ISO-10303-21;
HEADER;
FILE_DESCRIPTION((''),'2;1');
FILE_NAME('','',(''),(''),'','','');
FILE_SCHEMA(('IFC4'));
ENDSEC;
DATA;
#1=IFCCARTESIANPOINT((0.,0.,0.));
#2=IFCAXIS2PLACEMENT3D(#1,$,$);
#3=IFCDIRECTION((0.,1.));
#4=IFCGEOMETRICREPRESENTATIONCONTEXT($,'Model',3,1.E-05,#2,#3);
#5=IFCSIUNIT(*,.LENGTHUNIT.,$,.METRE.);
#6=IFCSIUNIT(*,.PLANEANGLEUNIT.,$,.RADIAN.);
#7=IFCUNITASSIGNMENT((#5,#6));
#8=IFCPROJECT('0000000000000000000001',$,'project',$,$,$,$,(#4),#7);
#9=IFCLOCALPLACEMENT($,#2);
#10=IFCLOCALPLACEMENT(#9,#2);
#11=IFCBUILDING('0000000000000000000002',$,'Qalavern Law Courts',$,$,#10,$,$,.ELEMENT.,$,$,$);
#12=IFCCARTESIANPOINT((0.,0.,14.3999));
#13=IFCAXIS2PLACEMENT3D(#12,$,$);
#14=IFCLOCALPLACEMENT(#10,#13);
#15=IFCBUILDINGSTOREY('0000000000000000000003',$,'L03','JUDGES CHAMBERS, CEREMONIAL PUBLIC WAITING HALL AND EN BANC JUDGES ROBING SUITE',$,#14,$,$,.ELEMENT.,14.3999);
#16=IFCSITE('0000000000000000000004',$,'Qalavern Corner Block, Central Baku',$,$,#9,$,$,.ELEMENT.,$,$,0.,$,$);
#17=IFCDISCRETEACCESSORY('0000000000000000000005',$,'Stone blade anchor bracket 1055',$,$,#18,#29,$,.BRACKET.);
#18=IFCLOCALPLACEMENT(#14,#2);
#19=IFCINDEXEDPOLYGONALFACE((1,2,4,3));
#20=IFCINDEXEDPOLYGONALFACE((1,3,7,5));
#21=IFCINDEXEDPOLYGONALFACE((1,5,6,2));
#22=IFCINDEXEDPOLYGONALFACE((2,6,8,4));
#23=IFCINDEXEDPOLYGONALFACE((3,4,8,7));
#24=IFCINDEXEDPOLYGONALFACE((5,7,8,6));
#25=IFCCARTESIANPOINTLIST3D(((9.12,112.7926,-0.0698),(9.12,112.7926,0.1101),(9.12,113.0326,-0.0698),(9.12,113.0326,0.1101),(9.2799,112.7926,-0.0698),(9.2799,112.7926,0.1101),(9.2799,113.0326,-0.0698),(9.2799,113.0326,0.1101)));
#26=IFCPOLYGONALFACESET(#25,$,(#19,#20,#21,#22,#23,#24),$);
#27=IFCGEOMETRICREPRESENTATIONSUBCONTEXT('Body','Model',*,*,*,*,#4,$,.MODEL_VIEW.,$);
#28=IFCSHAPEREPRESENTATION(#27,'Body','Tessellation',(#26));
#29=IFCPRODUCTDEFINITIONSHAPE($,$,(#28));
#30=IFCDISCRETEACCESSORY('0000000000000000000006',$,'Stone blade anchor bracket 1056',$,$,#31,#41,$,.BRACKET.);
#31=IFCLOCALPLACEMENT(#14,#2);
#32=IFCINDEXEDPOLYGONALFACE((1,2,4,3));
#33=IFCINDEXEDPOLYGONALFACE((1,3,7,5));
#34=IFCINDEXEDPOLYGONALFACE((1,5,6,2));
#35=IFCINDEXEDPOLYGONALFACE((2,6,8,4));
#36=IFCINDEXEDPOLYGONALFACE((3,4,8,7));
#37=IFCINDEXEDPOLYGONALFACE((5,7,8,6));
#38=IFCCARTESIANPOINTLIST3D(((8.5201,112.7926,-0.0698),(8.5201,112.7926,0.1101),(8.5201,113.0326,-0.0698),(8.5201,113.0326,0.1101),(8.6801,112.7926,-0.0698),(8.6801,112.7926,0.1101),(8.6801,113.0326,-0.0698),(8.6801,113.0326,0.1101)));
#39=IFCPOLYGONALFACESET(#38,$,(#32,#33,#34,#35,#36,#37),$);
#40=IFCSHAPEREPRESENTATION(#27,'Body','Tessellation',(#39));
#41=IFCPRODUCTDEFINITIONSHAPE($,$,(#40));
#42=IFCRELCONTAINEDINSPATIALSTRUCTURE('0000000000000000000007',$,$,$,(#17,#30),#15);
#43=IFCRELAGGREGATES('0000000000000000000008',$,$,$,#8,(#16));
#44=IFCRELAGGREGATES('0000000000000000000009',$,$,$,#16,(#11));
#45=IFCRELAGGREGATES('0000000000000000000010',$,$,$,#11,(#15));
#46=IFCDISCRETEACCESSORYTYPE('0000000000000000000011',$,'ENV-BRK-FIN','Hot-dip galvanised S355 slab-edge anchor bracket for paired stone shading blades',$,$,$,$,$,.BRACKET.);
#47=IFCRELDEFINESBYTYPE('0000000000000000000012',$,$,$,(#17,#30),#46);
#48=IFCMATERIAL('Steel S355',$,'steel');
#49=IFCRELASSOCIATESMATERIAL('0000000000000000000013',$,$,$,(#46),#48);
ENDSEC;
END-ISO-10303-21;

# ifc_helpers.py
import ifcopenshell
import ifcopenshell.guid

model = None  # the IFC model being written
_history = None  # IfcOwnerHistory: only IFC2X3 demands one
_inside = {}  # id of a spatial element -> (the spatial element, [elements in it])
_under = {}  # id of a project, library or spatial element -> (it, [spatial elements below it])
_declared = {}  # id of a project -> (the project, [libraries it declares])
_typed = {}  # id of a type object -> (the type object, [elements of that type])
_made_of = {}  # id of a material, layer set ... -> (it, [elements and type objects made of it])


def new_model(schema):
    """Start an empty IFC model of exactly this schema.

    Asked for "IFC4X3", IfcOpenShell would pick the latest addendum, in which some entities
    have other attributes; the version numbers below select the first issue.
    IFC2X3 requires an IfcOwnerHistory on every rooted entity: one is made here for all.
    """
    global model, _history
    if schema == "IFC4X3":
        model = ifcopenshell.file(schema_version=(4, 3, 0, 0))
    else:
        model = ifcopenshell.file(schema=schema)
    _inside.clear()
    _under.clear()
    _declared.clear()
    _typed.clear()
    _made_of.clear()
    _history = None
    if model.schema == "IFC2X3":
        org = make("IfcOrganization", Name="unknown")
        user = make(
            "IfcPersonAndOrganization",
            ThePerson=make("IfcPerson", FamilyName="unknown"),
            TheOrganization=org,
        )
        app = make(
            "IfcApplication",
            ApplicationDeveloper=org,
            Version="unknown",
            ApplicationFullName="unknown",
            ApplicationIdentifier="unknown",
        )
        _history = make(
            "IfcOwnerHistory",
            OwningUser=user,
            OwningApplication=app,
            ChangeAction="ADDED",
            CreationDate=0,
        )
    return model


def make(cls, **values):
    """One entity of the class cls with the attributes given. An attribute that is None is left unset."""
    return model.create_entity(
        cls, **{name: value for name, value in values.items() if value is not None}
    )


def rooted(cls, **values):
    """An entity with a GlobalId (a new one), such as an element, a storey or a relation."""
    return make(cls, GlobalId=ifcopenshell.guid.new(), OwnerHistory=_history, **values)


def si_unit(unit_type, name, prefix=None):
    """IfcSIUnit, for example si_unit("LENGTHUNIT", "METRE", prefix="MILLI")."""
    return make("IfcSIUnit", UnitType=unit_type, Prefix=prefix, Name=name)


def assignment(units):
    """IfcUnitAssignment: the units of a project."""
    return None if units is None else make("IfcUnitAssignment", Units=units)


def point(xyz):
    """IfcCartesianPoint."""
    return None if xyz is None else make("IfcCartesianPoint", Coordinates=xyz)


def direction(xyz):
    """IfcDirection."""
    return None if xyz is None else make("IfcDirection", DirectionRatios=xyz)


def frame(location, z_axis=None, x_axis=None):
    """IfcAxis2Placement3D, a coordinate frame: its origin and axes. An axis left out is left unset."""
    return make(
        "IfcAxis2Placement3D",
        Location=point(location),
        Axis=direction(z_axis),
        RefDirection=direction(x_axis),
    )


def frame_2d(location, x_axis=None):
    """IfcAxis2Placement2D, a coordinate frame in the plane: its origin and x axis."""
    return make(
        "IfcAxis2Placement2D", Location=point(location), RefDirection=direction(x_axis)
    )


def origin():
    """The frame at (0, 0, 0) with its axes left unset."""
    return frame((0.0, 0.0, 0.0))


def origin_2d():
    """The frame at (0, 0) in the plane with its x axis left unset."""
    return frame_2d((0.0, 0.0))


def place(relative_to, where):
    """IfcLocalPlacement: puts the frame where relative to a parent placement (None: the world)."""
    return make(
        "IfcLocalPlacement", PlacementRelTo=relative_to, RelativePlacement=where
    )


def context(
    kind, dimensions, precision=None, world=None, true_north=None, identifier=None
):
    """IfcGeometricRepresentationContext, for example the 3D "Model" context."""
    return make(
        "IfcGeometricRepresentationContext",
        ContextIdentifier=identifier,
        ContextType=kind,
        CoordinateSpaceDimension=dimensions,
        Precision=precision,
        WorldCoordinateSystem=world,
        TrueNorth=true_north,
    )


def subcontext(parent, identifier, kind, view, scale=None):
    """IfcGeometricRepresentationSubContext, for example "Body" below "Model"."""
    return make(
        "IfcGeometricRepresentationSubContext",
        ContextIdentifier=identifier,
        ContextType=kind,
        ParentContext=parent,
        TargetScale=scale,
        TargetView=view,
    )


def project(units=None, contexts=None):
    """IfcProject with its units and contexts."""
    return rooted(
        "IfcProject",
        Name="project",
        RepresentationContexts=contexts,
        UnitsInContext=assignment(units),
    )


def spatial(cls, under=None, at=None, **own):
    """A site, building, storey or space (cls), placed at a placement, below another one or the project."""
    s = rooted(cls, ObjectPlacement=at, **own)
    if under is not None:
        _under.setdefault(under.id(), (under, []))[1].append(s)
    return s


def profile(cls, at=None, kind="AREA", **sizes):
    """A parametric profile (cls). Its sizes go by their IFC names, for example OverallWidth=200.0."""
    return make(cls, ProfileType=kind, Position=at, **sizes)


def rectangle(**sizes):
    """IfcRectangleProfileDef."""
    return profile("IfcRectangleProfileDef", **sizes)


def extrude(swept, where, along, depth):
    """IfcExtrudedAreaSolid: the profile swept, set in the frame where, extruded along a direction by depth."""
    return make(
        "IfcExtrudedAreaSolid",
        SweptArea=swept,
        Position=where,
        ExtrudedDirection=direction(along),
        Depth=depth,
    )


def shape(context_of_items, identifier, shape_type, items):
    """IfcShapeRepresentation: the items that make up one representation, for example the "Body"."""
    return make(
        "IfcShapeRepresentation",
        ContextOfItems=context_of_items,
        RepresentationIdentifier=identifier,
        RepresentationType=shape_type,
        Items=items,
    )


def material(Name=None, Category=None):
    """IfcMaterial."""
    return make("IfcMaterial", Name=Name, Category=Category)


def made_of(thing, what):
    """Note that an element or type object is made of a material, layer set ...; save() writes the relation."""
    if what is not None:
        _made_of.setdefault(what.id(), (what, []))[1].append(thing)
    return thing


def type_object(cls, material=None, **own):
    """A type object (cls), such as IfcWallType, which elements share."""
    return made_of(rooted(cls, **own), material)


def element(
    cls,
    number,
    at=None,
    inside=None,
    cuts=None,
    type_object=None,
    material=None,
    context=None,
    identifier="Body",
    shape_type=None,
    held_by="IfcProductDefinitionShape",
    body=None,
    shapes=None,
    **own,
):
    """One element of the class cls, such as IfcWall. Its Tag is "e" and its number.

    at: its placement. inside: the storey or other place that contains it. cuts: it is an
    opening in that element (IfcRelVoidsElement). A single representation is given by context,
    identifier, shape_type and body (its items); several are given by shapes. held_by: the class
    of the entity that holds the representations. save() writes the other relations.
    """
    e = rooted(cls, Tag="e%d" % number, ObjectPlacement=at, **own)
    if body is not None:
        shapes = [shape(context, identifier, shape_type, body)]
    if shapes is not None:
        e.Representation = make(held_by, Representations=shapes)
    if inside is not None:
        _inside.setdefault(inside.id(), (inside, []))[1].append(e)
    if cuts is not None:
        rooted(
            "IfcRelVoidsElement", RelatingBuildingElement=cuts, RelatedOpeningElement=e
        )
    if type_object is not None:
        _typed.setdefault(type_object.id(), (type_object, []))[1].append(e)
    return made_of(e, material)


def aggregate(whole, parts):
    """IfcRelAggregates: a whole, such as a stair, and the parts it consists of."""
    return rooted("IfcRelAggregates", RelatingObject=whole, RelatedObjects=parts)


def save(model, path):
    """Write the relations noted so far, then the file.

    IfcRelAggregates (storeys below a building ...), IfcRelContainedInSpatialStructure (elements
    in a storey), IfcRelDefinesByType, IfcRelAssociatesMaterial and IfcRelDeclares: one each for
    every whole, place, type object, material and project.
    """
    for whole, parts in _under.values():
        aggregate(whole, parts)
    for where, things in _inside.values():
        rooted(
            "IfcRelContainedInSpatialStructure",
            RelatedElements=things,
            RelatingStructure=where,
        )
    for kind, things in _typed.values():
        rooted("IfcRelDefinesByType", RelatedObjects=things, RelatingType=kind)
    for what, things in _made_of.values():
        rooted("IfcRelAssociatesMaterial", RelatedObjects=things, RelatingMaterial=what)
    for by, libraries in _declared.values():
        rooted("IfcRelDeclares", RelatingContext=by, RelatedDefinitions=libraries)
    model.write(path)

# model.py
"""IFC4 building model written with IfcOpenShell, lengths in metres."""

from ifc_helpers import new_model, si_unit, direction, frame, origin, origin_2d, place, context, subcontext, project, spatial, rectangle, extrude, material, type_object, element, save


model = new_model("IFC4")

# Units and contexts
model_context = context("Model", 3, precision=1e-05, world=origin(), true_north=direction((0.0, 1.0)))
body_context = subcontext(model_context, "Body", "Model", "MODEL_VIEW")
ifc_project = project(units=[si_unit("LENGTHUNIT", "METRE"), si_unit("PLANEANGLEUNIT", "RADIAN")], contexts=[model_context])

# Site, building, storey
site_placement = place(None, origin())
site = spatial("IfcSite", under=ifc_project, at=site_placement, Name="Qalavern Corner Block, Central Baku", CompositionType="ELEMENT", RefElevation=0.0)
building_placement = place(site_placement, origin())
building = spatial("IfcBuilding", under=site, at=building_placement, Name="Qalavern Law Courts", CompositionType="ELEMENT")
storey_placement = place(building_placement, frame((0.0, 0.0, 14.3999)))
storey = spatial("IfcBuildingStorey", under=building, at=storey_placement, Name="L03", Description="JUDGES CHAMBERS, CEREMONIAL PUBLIC WAITING HALL AND EN BANC JUDGES ROBING SUITE", CompositionType="ELEMENT", Elevation=14.3999)

# Shared definitions
ifc_material_1 = material(Name="Steel S355", Category="steel")

# Discrete accessories
discrete_accessory_type = type_object("IfcDiscreteAccessoryType", Name="ENV-BRK-FIN", Description="Hot-dip galvanised S355 slab-edge anchor bracket for paired stone shading blades", PredefinedType="BRACKET", material=ifc_material_1)
for number, where, z_axis, x_axis, name in (
    (1, (9.2, 112.9126, -0.0698), (0.0, 0.0, 1.0), (0.0, 1.0, 0.0), "Stone blade anchor bracket 1055"),
    (2, (8.6001, 112.9126, -0.0698), (0.0, 0.0, 1.0), (0.0, 1.0, 0.0), "Stone blade anchor bracket 1056"),
):
    element("IfcDiscreteAccessory", number, at=place(storey_placement, frame(where, z_axis=z_axis, x_axis=x_axis)), inside=storey, type_object=discrete_accessory_type, Name=name, PredefinedType="BRACKET", context=body_context, shape_type="SweptSolid", body=[
        extrude(rectangle(XDim=0.24, YDim=0.1599, at=origin_2d()), origin(), (0.0, 0.0, 1.0), 0.1799),
    ])

save(model, "model.ifc")
